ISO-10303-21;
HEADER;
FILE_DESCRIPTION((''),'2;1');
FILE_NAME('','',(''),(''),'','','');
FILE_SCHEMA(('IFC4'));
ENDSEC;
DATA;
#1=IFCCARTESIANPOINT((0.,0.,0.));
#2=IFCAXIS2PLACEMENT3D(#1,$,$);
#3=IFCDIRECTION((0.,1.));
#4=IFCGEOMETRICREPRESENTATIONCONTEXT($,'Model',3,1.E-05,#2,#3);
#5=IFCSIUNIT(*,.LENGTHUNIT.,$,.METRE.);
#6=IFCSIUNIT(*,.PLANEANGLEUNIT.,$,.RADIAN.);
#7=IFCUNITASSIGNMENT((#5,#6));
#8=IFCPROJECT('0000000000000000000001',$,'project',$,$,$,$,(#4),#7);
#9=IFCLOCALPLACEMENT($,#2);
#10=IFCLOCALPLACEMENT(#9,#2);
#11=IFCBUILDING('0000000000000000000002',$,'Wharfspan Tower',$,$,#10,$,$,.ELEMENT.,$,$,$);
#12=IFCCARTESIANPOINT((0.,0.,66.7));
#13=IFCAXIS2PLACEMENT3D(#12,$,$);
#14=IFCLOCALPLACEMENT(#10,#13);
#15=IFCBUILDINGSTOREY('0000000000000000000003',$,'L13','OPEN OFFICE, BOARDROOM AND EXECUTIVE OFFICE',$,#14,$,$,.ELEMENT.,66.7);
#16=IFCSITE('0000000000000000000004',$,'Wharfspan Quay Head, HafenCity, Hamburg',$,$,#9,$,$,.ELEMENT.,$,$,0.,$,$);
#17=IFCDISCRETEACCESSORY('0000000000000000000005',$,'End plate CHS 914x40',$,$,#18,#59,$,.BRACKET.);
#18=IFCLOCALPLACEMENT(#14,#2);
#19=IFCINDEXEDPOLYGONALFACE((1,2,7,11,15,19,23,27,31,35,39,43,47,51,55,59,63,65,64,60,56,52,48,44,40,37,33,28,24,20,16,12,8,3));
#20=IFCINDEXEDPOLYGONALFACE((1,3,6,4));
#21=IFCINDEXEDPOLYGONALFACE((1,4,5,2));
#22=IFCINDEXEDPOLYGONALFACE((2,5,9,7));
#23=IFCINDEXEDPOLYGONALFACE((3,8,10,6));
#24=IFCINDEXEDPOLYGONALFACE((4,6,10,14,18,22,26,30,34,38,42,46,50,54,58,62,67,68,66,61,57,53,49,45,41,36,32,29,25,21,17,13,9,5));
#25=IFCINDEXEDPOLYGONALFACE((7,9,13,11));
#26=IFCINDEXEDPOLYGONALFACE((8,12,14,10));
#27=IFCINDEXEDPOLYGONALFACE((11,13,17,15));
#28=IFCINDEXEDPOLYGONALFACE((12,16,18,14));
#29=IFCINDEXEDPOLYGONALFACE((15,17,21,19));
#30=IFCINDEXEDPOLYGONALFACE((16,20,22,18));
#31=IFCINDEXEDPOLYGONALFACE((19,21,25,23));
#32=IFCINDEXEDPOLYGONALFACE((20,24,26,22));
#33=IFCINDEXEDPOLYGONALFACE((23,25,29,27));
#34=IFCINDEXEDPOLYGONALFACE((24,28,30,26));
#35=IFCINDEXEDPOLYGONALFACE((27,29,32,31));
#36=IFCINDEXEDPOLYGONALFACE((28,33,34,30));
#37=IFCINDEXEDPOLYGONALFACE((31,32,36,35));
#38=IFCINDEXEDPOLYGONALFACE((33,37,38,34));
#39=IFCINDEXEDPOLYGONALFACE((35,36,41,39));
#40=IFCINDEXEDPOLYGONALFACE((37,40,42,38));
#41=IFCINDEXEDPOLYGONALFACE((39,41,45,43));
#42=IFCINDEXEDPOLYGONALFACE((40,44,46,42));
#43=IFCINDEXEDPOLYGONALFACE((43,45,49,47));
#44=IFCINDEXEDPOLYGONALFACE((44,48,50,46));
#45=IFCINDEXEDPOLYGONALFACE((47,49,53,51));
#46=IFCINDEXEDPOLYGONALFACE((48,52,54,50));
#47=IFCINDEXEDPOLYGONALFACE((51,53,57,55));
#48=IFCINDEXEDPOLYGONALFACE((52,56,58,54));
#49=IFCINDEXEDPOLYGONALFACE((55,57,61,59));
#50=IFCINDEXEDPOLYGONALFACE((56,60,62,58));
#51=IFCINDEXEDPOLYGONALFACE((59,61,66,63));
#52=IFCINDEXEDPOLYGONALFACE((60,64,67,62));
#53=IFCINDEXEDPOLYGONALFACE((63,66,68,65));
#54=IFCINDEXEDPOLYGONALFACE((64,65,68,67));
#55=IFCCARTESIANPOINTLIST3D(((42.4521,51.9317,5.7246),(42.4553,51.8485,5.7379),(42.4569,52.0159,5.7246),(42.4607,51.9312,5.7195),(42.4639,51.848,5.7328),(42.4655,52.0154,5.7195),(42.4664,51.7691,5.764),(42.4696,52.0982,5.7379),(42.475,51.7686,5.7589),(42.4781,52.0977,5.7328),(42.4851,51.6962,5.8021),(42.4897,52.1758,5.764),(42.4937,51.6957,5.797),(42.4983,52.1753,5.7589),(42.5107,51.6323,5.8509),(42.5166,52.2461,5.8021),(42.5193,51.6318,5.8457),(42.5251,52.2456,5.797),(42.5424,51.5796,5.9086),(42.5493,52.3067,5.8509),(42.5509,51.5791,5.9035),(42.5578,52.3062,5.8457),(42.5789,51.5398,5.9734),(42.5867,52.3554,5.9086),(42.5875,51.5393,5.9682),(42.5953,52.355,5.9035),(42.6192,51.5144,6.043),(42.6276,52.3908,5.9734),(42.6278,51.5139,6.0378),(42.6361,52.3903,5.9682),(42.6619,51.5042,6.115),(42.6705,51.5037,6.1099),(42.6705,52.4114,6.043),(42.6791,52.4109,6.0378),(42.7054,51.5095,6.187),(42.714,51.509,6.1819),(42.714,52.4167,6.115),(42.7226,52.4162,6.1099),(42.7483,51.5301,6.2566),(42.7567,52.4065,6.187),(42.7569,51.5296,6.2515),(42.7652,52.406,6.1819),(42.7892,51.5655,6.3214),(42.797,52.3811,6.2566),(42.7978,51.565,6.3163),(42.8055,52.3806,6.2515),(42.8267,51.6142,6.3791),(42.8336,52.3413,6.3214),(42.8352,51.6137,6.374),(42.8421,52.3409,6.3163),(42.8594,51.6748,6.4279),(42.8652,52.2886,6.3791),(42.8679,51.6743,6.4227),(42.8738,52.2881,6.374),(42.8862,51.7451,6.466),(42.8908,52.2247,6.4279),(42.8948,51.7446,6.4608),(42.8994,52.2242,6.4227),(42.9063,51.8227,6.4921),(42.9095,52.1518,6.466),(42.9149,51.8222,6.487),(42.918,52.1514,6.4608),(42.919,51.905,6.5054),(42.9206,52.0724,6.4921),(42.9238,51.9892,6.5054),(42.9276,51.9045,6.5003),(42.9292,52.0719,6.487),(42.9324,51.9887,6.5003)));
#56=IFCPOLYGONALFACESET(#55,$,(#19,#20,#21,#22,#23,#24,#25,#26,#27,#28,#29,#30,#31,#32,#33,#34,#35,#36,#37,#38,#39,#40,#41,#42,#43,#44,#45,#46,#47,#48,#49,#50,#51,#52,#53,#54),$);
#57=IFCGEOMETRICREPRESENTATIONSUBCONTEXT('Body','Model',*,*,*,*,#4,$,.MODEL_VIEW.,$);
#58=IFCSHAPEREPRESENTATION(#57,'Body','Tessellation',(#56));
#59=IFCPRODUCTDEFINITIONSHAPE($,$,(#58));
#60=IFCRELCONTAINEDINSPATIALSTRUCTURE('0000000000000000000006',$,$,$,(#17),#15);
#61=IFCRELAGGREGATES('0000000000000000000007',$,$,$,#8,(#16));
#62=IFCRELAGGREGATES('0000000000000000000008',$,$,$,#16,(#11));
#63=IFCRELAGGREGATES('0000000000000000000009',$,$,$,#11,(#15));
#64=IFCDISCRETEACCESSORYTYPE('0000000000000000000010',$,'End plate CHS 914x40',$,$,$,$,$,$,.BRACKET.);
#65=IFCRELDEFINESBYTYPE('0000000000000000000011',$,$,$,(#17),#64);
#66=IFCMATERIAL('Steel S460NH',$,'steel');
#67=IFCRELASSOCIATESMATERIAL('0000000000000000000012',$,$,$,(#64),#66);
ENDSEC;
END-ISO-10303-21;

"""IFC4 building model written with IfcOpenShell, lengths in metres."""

from ifc_helpers import new_model, si_unit, direction, frame, origin, origin_2d, place, context, subcontext, project, spatial, circle, extrude, material, material_profile, profile_set, type_object, element, save


model = new_model("IFC4")

# Units and contexts
model_context = context("Model", 3, precision=1e-05, world=origin(), true_north=direction((0.0, 1.0)))
body_context = subcontext(model_context, "Body", "Model", "MODEL_VIEW")
ifc_project = project(units=[si_unit("LENGTHUNIT", "METRE"), si_unit("PLANEANGLEUNIT", "RADIAN")], contexts=[model_context])

# Site, building, storey
site_placement = place(None, origin())
site = spatial("IfcSite", under=ifc_project, at=site_placement, Name="Wharfspan Quay Head, HafenCity, Hamburg", CompositionType="ELEMENT", RefElevation=0.0)
building_placement = place(site_placement, origin())
building = spatial("IfcBuilding", under=site, at=building_placement, Name="Wharfspan Tower", CompositionType="ELEMENT")
storey_placement = place(building_placement, frame((0.0, 0.0, 66.7)))
storey = spatial("IfcBuildingStorey", under=building, at=storey_placement, Name="L13", Description="OPEN OFFICE, BOARDROOM AND EXECUTIVE OFFICE", CompositionType="ELEMENT", Elevation=66.7)

# Shared definitions
ifc_material_1 = material(Name="Steel S460NH", Category="steel")

# Discrete accessory
ifc_material_profile_1 = material_profile(ifc_material_1, circle(Radius=0.457, at=origin_2d()))
ifc_profile_set_1 = profile_set([ifc_material_profile_1], Name="Steel S460NH")
discrete_accessory_type = type_object("IfcDiscreteAccessoryType", Name="End plate CHS 914x40", PredefinedType="BRACKET", material=ifc_profile_set_1)
for number, where, z_axis, x_axis, name in (
    (1, (42.6965, 51.96, 6.1099), (-0.856465, 0.048941, 0.513879), (-0.05705, -0.998372, 0.0), "End plate CHS 914x40"),
):
    element("IfcDiscreteAccessory", number, at=place(storey_placement, frame(where, z_axis=z_axis, x_axis=x_axis)), inside=storey, type_object=discrete_accessory_type, Name=name, PredefinedType="BRACKET", context=body_context, shape_type="SweptSolid", body=[
        extrude(circle(Radius=0.457, at=origin_2d()), origin(), (0.0, 0.0, 1.0), 0.01),
    ])

save(model, "model.ifc")
